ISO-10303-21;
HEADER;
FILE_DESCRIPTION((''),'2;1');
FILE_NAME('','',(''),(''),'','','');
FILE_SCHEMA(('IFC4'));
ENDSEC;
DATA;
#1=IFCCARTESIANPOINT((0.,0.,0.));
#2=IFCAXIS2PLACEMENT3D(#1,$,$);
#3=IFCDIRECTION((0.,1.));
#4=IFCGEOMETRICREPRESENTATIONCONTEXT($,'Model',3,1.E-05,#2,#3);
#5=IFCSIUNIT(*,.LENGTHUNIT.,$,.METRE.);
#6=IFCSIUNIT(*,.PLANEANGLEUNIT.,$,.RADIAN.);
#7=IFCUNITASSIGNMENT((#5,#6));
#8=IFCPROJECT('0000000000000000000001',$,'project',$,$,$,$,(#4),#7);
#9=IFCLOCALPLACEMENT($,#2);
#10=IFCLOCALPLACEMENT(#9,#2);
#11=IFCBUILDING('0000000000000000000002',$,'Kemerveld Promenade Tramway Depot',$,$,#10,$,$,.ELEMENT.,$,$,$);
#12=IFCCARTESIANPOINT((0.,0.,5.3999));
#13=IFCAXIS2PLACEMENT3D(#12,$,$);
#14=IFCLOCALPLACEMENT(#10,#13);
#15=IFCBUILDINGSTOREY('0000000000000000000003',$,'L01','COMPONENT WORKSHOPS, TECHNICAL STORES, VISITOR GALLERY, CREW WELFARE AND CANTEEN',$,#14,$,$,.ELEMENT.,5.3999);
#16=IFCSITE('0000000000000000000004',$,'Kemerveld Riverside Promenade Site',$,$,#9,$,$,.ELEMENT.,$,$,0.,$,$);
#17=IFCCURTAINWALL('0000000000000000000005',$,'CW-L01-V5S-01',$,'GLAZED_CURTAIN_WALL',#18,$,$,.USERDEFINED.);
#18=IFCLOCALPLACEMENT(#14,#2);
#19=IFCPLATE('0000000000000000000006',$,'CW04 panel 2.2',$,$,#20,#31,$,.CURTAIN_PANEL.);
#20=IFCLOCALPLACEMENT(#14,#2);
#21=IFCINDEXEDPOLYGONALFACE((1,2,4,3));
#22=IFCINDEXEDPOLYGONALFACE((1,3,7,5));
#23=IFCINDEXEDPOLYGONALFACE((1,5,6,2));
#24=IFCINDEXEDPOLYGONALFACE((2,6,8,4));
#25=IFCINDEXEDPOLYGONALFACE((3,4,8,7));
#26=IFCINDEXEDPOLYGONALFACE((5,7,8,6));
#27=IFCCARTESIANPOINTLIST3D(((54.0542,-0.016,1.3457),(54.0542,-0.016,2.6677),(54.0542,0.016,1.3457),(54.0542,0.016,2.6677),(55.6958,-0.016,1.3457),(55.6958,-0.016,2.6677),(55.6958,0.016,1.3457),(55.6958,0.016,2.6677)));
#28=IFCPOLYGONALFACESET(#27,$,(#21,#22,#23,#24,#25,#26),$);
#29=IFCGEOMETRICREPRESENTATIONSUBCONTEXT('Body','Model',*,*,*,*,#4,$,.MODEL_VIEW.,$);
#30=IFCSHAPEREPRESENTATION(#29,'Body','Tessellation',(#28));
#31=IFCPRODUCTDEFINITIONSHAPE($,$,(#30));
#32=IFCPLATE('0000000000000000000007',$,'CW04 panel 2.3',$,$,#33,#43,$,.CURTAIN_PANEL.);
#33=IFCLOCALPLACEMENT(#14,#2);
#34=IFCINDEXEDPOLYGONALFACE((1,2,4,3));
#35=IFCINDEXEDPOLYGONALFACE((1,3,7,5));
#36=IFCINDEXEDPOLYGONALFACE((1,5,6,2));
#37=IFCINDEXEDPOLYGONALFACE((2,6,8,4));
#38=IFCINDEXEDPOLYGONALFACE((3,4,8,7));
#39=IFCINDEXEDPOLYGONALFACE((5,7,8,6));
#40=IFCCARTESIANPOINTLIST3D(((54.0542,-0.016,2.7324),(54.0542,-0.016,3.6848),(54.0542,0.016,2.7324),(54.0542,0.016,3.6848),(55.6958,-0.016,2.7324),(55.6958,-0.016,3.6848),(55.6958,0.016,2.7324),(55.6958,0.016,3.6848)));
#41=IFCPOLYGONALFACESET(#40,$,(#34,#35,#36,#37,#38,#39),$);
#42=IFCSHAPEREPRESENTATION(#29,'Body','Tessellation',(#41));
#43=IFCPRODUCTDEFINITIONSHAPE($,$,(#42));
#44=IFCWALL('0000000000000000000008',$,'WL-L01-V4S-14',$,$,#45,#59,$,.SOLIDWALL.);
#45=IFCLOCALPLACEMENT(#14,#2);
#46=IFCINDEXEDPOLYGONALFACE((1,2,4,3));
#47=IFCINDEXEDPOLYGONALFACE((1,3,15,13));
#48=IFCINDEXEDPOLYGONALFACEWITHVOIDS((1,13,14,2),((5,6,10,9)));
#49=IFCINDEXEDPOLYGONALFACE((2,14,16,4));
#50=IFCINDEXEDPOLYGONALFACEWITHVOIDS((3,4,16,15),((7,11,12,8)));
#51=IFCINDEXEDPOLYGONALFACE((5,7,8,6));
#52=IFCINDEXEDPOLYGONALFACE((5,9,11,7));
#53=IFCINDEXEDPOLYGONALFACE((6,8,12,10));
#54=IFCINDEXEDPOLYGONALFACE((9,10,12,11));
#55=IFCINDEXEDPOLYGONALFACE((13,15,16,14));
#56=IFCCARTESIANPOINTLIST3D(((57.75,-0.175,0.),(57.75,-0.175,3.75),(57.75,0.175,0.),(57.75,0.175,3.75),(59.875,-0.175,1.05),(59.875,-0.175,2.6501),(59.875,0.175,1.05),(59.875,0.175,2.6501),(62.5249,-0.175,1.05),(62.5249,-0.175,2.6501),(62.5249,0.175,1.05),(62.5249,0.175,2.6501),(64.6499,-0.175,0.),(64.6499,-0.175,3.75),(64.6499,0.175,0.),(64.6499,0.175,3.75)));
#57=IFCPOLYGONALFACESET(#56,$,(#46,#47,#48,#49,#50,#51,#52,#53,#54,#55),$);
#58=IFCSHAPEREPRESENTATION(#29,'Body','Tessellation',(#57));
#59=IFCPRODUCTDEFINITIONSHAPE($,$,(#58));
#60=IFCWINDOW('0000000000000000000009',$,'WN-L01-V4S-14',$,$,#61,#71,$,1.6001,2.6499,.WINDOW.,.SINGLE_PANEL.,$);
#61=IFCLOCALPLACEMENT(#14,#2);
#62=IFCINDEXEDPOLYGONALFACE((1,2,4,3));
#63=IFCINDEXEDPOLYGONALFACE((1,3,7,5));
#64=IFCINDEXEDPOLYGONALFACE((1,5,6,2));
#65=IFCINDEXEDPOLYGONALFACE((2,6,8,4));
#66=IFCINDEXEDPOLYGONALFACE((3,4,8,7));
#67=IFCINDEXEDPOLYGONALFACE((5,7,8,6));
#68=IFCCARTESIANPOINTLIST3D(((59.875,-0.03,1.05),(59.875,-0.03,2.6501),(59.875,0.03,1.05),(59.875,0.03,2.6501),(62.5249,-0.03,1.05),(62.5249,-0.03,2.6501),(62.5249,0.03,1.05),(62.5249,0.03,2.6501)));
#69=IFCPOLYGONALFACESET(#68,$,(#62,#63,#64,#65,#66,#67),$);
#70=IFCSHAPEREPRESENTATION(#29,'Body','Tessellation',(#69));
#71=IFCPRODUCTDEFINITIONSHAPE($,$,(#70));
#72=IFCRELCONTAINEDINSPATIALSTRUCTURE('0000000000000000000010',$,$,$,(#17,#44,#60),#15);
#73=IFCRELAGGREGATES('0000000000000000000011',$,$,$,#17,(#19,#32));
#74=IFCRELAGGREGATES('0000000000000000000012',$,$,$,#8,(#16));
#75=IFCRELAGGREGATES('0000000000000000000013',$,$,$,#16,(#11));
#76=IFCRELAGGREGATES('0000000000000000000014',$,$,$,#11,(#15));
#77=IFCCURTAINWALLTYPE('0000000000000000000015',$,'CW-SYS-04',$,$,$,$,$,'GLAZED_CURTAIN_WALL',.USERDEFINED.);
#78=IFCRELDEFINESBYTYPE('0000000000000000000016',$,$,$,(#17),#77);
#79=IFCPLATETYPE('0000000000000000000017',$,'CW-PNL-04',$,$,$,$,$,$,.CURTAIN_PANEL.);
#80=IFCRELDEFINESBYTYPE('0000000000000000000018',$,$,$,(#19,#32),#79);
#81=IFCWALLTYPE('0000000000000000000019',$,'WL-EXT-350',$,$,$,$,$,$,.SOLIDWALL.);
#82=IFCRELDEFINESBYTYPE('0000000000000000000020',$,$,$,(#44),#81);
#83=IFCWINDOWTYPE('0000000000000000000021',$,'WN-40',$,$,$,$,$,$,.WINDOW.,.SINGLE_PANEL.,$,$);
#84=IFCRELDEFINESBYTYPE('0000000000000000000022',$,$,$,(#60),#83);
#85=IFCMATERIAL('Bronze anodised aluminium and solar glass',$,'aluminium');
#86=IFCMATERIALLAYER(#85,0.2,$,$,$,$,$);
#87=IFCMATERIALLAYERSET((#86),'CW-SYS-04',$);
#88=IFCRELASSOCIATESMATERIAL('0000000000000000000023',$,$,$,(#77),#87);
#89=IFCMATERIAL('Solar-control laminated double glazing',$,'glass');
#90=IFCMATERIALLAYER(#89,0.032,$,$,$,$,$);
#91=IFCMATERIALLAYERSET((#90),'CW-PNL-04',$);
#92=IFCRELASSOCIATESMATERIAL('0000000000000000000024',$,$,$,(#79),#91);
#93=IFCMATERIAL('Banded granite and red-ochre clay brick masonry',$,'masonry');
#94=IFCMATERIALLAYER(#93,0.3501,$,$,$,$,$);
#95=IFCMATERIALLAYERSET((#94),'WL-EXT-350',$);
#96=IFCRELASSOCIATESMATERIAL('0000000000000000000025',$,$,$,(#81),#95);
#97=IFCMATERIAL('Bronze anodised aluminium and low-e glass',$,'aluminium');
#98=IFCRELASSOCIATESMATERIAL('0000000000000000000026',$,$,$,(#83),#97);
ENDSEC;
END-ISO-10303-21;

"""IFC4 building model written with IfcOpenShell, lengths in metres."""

from ifc_helpers import new_model, si_unit, direction, frame, frame_2d, origin, origin_2d, place, context, subcontext, project, spatial, rectangle, extrude, material, layer, layer_set, type_object, element, fill, aggregate, save


model = new_model("IFC4")

# Units and contexts
model_context = context("Model", 3, precision=1e-05, world=origin(), true_north=direction((0.0, 1.0)))
body_context = subcontext(model_context, "Body", "Model", "MODEL_VIEW")
ifc_project = project(units=[si_unit("LENGTHUNIT", "METRE"), si_unit("PLANEANGLEUNIT", "RADIAN")], contexts=[model_context])

# Site, building, storey
site_placement = place(None, origin())
site = spatial("IfcSite", under=ifc_project, at=site_placement, Name="Kemerveld Riverside Promenade Site", CompositionType="ELEMENT", RefElevation=0.0)
building_placement = place(site_placement, origin())
building = spatial("IfcBuilding", under=site, at=building_placement, Name="Kemerveld Promenade Tramway Depot", CompositionType="ELEMENT")
storey_placement = place(building_placement, frame((0.0, 0.0, 5.3999)))
storey = spatial("IfcBuildingStorey", under=building, at=storey_placement, Name="L01", Description="COMPONENT WORKSHOPS, TECHNICAL STORES, VISITOR GALLERY, CREW WELFARE AND CANTEEN", CompositionType="ELEMENT", Elevation=5.3999)

# Curtain wall, plates
ifc_material_1 = material(Name="Bronze anodised aluminium and solar glass", Category="aluminium")
ifc_layer_1 = layer(ifc_material_1, 0.2)
ifc_layer_set_1 = layer_set([ifc_layer_1], Name="CW-SYS-04")
curtain_wall_type = type_object("IfcCurtainWallType", Name="CW-SYS-04", ElementType="GLAZED_CURTAIN_WALL", PredefinedType="USERDEFINED", material=ifc_layer_set_1)
curtain_wall_placement = place(storey_placement, origin())
curtain_wall = element("IfcCurtainWall", 1, at=curtain_wall_placement, inside=storey, type_object=curtain_wall_type, Name="CW-L01-V5S-01", ObjectType="GLAZED_CURTAIN_WALL", PredefinedType="USERDEFINED")
ifc_material_2 = material(Name="Solar-control laminated double glazing", Category="glass")
ifc_layer_2 = layer(ifc_material_2, 0.032)
ifc_layer_set_2 = layer_set([ifc_layer_2], Name="CW-PNL-04")
plate_type = type_object("IfcPlateType", Name="CW-PNL-04", PredefinedType="CURTAIN_PANEL", material=ifc_layer_set_2)
plate_1_placement = place(storey_placement, frame((54.875, 0.0, 1.3457), z_axis=(0.0, 0.0, 1.0), x_axis=(-1.0, 0.0, 0.0)))
plate_1 = element("IfcPlate", 2, at=plate_1_placement, type_object=plate_type, Name="CW04 panel 2.2", PredefinedType="CURTAIN_PANEL", context=body_context, shape_type="SweptSolid", body=[
    extrude(rectangle(XDim=1.6416, YDim=0.032, at=origin_2d()), origin(), (0.0, 0.0, 1.0), 1.322),
])
plate_2_placement = place(storey_placement, frame((54.875, 0.0, 2.7324), z_axis=(0.0, 0.0, 1.0), x_axis=(-1.0, 0.0, 0.0)))
plate_2 = element("IfcPlate", 3, at=plate_2_placement, type_object=plate_type, Name="CW04 panel 2.3", PredefinedType="CURTAIN_PANEL", context=body_context, shape_type="SweptSolid", body=[
    extrude(rectangle(XDim=1.6416, YDim=0.032, at=origin_2d()), origin(), (0.0, 0.0, 1.0), 0.9524),
])
aggregate(curtain_wall, [plate_1, plate_2])

# Wall, opening, window
ifc_material_3 = material(Name="Banded granite and red-ochre clay brick masonry", Category="masonry")
ifc_layer_3 = layer(ifc_material_3, 0.3501)
ifc_layer_set_3 = layer_set([ifc_layer_3], Name="WL-EXT-350")
wall_type = type_object("IfcWallType", Name="WL-EXT-350", PredefinedType="SOLIDWALL", material=ifc_layer_set_3)
wall_placement = place(storey_placement, frame((64.6499, 0.0, 0.0), z_axis=(0.0, 0.0, 1.0), x_axis=(-1.0, 0.0, 0.0)))
wall = element("IfcWall", 4, at=wall_placement, inside=storey, type_object=wall_type, Name="WL-L01-V4S-14", PredefinedType="SOLIDWALL", context=body_context, shape_type="SweptSolid", body=[
    extrude(rectangle(XDim=6.8999, YDim=0.3501, at=frame_2d((3.45, 0.0))), origin(), (0.0, 0.0, 1.0), 3.75),
])
opening_placement = place(wall_placement, frame((2.125, 0.0, 1.05)))
opening = element("IfcOpeningElement", 5, at=opening_placement, cuts=wall, PredefinedType="OPENING", context=body_context, shape_type="SweptSolid", body=[
    extrude(rectangle(XDim=2.6499, YDim=1.6001, at=frame_2d((1.325, 0.8))), frame((0.0, 0.1851, 0.0), z_axis=(0.0, -1.0, 0.0), x_axis=(1.0, 0.0, 0.0)), (0.0, 0.0, 1.0), 0.3701),
])
ifc_material_4 = material(Name="Bronze anodised aluminium and low-e glass", Category="aluminium")
window_type = type_object("IfcWindowType", Name="WN-40", PartitioningType="SINGLE_PANEL", PredefinedType="WINDOW", material=ifc_material_4)
window_placement = place(opening_placement, origin())
window = element("IfcWindow", 6, at=window_placement, inside=storey, type_object=window_type, Name="WN-L01-V4S-14", OverallHeight=1.6001, OverallWidth=2.6499, PartitioningType="SINGLE_PANEL", PredefinedType="WINDOW", context=body_context, shape_type="SweptSolid", body=[
    extrude(rectangle(XDim=2.6499, YDim=1.6001, at=frame_2d((1.325, 0.8))), frame((0.0, 0.03, 0.0), z_axis=(0.0, -1.0, 0.0), x_axis=(1.0, 0.0, 0.0)), (0.0, 0.0, 1.0), 0.0601),
])
fill(opening, window)

save(model, "model.ifc")
